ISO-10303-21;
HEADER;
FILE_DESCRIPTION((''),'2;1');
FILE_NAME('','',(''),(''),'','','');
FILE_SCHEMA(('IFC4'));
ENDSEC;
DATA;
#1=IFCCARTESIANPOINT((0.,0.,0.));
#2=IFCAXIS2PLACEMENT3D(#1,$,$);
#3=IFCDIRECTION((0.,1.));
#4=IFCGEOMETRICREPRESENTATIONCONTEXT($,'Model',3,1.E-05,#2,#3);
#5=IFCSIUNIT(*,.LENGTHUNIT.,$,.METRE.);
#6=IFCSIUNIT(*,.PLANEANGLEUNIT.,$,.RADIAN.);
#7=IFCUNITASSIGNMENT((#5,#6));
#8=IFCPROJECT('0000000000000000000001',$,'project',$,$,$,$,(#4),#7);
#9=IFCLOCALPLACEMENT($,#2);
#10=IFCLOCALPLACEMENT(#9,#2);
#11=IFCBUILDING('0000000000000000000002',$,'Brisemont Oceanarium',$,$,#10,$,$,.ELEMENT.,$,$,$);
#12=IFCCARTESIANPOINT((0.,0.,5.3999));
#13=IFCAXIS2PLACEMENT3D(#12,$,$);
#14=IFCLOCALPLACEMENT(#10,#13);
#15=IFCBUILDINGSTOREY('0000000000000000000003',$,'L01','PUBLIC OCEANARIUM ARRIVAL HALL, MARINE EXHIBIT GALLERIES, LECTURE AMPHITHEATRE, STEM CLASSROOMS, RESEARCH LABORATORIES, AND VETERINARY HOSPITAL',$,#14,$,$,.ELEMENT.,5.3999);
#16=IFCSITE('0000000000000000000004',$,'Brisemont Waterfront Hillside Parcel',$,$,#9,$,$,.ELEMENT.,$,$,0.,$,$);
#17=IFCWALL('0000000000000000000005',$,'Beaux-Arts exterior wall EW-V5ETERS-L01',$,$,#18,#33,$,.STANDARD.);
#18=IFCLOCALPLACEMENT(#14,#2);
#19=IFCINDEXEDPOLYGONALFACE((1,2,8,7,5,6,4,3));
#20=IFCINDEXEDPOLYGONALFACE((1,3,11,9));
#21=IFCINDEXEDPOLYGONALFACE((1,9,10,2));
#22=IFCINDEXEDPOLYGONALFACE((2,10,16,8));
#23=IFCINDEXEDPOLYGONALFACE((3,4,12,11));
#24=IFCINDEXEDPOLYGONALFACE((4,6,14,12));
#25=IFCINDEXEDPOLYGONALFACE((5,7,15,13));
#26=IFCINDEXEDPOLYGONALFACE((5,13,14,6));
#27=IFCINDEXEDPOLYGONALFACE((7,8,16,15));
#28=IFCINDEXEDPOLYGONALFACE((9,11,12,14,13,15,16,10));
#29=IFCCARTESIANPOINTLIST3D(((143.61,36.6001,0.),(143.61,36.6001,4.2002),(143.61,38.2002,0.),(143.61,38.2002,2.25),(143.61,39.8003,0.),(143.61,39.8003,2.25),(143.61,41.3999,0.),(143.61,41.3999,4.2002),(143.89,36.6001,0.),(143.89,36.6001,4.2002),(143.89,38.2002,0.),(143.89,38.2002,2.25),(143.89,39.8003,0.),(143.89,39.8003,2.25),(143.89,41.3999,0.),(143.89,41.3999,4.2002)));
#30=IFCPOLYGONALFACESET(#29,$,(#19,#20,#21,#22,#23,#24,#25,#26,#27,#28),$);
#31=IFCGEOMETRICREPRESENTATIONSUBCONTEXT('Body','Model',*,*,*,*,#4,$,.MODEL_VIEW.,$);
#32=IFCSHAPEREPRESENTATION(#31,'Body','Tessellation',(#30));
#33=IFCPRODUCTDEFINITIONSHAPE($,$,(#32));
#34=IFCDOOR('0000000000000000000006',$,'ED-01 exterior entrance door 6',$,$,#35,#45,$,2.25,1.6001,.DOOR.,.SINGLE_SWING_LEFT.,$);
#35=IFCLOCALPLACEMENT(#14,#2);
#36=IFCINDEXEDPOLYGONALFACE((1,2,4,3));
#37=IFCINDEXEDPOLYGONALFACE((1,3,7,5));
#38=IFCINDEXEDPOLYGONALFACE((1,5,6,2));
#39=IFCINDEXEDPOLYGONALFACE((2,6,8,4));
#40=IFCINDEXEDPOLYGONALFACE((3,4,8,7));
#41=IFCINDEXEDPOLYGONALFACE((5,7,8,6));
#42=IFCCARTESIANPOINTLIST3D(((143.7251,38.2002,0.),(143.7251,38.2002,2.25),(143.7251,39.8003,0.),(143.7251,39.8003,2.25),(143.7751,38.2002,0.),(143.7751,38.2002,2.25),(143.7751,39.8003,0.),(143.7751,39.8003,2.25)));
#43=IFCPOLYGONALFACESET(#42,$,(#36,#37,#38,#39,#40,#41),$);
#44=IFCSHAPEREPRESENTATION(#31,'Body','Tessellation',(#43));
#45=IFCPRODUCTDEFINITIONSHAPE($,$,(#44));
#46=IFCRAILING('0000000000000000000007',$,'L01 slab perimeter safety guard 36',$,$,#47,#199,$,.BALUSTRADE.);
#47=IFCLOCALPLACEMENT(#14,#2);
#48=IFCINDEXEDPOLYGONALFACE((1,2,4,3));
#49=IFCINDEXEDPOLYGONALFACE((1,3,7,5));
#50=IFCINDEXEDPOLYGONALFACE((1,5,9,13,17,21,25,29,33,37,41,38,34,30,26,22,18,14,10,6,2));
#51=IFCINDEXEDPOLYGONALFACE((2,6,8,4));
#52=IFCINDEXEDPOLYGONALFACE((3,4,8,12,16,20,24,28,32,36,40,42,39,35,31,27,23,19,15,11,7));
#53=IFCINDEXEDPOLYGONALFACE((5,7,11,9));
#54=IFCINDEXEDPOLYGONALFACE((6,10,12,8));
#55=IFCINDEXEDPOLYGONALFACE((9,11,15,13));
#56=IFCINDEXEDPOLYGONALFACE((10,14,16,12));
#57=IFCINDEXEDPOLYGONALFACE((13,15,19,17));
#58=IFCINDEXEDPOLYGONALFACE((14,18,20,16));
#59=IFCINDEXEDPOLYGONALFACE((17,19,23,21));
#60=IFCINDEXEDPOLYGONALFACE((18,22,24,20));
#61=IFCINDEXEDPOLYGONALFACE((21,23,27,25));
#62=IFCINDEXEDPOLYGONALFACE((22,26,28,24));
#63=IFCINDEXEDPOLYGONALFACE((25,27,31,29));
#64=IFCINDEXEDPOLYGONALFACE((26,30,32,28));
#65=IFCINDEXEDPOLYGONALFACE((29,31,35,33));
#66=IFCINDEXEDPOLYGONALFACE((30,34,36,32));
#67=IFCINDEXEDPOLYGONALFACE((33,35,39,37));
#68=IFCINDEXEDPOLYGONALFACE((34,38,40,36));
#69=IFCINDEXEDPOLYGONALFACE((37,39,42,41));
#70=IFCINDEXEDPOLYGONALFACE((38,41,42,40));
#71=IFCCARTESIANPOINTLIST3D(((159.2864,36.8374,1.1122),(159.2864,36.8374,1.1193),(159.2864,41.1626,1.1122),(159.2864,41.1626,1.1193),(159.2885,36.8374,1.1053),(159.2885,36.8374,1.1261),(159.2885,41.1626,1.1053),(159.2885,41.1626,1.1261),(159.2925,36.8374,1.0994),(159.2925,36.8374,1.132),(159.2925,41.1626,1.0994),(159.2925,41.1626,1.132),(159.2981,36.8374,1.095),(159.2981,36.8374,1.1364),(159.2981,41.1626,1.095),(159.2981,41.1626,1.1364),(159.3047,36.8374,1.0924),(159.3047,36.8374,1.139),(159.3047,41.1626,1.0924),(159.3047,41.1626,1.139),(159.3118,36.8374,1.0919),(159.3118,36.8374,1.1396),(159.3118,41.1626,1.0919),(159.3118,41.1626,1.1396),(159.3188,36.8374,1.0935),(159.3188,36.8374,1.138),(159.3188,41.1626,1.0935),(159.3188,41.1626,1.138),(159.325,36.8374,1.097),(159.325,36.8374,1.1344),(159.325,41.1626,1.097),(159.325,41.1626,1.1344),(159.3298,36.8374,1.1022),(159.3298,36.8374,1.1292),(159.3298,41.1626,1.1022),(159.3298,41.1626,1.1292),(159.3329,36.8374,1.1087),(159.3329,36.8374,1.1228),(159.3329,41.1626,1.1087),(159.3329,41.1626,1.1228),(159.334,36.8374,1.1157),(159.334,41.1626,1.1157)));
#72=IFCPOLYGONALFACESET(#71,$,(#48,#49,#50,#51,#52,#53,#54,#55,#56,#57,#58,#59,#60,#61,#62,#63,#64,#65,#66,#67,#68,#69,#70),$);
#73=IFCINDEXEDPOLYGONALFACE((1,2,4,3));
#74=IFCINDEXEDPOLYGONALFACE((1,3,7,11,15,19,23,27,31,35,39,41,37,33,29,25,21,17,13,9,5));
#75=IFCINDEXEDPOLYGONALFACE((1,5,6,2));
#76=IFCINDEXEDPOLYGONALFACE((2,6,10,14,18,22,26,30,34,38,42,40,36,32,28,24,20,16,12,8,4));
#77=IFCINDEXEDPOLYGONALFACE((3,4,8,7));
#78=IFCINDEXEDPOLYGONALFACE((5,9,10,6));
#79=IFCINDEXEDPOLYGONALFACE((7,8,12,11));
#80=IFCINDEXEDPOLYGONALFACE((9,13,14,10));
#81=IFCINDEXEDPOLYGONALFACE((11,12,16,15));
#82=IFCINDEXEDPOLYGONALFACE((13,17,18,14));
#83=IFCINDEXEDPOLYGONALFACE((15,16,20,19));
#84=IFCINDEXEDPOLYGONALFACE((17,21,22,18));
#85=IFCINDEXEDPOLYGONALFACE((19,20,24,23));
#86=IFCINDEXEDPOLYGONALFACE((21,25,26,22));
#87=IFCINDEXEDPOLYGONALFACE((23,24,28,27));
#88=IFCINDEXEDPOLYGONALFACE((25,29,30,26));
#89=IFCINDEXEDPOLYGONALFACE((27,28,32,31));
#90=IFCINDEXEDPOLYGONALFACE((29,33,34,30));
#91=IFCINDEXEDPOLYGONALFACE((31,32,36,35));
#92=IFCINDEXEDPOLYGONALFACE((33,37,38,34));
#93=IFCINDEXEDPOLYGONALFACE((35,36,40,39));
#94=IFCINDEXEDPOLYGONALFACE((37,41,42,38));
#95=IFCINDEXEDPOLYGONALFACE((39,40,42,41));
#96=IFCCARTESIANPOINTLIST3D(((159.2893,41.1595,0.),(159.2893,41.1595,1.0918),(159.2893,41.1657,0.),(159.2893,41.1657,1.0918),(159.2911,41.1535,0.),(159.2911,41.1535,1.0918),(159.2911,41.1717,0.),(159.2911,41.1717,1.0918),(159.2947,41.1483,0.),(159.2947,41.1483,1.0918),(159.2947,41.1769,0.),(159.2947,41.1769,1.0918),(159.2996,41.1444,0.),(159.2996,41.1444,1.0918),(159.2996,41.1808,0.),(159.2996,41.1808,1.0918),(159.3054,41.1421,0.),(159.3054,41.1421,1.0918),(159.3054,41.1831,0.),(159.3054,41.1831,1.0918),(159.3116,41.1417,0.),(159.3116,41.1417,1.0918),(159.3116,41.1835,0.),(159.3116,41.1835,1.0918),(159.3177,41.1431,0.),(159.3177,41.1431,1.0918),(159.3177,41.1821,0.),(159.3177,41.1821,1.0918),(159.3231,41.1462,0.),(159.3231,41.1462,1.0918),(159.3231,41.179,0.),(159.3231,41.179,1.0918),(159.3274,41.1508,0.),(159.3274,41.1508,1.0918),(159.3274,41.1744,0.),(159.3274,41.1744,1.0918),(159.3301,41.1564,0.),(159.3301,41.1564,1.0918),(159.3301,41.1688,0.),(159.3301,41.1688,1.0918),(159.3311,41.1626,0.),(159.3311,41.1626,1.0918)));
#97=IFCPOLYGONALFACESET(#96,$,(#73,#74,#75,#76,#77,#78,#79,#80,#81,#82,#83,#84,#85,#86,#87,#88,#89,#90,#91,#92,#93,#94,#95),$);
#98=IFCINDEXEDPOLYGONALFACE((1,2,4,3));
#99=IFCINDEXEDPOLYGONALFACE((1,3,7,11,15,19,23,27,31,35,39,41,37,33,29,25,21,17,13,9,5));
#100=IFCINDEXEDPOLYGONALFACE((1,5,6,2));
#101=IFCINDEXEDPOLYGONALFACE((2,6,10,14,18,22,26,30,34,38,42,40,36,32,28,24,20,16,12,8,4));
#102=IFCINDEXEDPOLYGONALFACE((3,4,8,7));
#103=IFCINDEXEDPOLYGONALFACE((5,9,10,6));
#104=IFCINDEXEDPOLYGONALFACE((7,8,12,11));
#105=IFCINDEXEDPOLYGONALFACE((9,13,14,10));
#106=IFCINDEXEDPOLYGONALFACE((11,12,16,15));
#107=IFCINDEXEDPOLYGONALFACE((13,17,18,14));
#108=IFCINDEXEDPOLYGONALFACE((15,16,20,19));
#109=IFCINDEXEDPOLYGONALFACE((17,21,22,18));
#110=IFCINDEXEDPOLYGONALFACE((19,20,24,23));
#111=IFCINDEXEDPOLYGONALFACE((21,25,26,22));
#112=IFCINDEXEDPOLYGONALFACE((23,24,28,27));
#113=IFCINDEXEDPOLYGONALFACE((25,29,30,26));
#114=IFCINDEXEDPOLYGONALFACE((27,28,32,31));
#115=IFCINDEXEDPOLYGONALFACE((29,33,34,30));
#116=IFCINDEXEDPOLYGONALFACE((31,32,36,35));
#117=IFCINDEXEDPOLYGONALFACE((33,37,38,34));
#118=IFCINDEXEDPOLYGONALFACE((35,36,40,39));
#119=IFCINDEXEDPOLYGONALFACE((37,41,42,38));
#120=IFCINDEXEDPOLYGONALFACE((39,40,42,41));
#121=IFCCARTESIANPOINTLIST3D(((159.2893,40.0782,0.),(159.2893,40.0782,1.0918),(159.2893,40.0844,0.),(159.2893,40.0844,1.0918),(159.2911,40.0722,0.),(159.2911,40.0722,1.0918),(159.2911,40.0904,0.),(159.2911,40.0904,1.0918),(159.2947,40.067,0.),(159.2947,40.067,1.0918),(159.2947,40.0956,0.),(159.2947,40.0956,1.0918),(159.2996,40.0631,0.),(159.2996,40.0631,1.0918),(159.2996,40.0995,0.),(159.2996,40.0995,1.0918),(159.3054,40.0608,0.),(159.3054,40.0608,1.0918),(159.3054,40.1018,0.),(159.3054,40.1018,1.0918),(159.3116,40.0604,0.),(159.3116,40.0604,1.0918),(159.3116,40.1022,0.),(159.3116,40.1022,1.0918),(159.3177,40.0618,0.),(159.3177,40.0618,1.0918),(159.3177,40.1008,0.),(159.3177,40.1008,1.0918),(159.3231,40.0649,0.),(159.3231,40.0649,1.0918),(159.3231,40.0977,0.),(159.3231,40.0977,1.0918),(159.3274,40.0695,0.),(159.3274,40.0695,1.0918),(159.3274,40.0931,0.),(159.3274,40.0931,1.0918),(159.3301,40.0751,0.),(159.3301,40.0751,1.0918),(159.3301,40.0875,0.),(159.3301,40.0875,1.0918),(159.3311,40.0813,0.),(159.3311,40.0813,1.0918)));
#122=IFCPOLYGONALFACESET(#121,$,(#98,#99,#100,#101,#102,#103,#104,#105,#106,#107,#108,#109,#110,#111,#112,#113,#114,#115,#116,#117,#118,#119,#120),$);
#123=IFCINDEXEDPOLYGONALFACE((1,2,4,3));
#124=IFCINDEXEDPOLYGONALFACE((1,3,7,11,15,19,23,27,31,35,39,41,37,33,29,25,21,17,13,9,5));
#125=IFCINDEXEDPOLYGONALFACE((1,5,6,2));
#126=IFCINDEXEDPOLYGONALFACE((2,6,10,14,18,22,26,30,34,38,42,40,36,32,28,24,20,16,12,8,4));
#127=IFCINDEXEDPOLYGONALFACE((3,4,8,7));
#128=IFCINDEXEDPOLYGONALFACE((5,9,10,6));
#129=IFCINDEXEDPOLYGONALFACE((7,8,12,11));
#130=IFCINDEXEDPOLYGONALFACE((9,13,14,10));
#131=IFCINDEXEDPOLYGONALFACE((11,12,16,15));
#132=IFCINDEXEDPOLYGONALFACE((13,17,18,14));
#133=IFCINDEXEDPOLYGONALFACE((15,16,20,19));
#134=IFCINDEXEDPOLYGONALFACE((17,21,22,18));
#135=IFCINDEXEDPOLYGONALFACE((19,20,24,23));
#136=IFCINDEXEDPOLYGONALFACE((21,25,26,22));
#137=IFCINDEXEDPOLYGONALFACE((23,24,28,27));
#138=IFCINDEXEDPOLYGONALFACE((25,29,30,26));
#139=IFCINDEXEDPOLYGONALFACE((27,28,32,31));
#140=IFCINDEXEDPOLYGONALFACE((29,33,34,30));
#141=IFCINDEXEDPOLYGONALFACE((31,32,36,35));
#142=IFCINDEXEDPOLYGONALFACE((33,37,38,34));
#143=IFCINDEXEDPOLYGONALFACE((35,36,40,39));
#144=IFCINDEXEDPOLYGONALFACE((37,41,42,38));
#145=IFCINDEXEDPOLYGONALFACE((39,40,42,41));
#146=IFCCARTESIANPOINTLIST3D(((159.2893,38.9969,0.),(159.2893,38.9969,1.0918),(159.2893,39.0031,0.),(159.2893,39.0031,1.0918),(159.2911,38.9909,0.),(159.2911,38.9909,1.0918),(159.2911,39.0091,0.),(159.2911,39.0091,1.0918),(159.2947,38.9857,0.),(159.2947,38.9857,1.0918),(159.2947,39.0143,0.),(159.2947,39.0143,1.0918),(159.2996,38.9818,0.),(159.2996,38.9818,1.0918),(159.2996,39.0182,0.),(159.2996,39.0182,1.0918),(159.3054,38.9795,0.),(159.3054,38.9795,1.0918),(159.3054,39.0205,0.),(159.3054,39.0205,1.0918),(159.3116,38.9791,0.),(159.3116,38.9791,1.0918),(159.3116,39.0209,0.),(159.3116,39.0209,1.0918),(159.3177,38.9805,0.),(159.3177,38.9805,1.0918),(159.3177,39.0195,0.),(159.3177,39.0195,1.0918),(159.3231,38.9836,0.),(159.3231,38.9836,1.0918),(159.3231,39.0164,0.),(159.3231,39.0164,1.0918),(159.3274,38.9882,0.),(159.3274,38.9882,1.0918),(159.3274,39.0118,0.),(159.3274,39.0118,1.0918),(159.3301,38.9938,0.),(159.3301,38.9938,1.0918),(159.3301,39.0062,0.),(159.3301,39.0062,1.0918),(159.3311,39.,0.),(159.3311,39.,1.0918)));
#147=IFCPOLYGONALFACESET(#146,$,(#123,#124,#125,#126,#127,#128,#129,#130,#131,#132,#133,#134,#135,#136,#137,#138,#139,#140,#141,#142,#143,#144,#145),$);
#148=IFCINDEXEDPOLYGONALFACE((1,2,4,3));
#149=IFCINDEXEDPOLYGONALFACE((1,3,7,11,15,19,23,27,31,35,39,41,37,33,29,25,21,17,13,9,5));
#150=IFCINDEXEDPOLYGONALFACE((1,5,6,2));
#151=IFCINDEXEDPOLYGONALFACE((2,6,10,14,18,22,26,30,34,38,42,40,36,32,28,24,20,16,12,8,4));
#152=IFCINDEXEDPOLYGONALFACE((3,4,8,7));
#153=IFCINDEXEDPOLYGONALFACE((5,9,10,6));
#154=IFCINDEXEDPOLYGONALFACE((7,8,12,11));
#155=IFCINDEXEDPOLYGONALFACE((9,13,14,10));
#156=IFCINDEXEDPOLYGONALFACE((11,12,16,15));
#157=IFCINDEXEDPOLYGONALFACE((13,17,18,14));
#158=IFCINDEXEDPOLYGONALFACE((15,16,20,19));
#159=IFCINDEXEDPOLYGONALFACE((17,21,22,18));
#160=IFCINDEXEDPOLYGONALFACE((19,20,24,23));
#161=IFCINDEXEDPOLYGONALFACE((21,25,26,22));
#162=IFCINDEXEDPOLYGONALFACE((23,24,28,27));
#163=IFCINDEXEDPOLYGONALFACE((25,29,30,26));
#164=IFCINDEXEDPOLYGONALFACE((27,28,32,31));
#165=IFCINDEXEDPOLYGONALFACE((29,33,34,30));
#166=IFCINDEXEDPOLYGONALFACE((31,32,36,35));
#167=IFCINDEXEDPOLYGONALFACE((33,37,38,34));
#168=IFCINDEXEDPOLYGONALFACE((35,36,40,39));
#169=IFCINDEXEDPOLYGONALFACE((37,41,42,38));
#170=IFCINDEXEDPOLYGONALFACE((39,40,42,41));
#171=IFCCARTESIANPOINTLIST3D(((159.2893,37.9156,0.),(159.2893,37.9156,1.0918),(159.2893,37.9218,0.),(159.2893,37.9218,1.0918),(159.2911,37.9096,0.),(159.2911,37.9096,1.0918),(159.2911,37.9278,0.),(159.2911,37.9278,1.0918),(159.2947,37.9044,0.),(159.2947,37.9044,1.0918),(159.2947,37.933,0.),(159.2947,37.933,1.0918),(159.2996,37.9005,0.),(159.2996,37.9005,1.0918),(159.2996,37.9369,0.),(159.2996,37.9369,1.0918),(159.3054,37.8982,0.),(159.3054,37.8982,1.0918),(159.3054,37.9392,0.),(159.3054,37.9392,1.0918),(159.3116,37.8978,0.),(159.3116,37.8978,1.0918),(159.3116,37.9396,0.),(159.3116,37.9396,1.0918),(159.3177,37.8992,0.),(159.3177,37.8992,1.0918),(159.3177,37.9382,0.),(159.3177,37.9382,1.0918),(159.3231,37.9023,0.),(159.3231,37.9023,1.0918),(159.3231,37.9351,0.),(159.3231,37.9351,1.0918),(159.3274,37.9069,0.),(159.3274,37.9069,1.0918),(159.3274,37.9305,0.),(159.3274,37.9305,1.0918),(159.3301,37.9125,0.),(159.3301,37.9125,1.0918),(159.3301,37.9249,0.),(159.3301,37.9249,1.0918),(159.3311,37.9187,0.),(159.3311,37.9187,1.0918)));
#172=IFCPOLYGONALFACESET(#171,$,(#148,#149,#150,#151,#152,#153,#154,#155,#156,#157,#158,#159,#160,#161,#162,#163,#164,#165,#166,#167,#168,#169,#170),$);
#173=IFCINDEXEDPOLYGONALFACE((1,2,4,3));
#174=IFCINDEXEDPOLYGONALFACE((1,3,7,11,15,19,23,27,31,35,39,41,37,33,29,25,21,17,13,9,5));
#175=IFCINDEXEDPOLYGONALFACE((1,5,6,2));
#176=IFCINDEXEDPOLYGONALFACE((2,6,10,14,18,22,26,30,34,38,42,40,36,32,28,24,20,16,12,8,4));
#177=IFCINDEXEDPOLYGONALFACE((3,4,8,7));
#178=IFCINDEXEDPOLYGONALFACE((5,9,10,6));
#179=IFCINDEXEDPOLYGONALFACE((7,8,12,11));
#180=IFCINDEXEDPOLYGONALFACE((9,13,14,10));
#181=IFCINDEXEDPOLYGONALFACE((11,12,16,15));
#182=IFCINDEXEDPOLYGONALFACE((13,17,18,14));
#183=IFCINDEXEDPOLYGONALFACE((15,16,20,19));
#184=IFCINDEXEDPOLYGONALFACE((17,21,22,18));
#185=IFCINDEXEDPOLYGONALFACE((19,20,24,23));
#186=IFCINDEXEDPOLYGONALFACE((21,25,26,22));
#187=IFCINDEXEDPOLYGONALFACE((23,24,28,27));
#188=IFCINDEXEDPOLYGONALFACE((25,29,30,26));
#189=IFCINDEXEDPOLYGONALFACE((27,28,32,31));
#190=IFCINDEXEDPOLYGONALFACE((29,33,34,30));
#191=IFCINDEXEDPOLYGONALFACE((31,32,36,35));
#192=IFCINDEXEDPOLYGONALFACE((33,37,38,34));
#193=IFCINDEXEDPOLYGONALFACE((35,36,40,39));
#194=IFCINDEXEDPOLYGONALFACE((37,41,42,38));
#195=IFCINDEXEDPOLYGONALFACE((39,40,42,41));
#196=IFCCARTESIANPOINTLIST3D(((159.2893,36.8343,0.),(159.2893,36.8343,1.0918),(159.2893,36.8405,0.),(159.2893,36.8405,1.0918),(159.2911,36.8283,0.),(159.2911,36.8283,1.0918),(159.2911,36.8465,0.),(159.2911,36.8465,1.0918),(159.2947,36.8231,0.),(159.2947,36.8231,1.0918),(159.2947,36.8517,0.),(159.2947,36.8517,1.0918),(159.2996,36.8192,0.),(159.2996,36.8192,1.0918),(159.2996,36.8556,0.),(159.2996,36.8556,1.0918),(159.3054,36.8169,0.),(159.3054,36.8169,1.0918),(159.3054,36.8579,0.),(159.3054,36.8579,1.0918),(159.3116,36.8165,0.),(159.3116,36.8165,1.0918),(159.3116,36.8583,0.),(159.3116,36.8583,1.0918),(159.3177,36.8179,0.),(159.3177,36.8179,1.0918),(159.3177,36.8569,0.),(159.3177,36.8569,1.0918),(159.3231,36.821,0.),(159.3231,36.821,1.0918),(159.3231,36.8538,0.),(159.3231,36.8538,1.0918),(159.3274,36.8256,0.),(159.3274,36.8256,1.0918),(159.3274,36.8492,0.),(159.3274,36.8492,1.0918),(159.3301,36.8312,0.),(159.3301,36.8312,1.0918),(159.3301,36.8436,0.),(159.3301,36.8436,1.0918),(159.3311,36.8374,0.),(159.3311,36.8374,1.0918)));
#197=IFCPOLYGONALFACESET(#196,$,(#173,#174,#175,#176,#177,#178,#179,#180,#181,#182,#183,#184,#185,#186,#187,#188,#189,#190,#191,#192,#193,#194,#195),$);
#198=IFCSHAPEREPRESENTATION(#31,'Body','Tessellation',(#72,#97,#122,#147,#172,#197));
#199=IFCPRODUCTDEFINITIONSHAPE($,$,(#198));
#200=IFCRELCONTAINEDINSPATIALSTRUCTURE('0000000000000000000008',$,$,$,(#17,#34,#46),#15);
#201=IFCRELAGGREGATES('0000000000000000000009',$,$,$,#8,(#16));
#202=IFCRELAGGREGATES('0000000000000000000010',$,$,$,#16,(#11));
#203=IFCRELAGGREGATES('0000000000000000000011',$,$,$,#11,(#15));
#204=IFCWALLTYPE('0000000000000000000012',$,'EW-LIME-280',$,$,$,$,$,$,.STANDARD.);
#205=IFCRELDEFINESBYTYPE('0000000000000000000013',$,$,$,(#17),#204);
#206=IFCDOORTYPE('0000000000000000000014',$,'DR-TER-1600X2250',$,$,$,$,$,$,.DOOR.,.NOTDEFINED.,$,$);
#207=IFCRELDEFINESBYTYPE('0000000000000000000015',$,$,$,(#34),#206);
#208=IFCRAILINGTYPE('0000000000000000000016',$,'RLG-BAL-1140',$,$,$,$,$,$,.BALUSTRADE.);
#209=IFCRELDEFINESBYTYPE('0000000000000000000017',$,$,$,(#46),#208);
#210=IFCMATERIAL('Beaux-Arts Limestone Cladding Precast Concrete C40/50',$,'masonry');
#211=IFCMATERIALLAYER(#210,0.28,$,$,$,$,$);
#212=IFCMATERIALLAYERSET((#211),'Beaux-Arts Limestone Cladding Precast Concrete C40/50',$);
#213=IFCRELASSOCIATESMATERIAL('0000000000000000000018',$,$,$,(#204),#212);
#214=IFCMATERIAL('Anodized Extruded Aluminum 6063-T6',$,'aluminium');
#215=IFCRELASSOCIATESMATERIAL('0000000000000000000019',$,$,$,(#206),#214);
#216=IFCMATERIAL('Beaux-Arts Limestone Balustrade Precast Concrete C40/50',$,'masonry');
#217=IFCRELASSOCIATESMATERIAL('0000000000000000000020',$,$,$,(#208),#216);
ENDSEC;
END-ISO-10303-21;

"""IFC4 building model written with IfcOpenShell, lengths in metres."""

from ifc_helpers import new_model, si_unit, direction, frame, frame_2d, origin, origin_2d, place, context, subcontext, project, spatial, rectangle, circle, extrude, material, layer, layer_set, type_object, element, fill, save


model = new_model("IFC4")

# Units and contexts
model_context = context("Model", 3, precision=1e-05, world=origin(), true_north=direction((0.0, 1.0)))
body_context = subcontext(model_context, "Body", "Model", "MODEL_VIEW")
ifc_project = project(units=[si_unit("LENGTHUNIT", "METRE"), si_unit("PLANEANGLEUNIT", "RADIAN")], contexts=[model_context])

# Site, building, storey
site_placement = place(None, origin())
site = spatial("IfcSite", under=ifc_project, at=site_placement, Name="Brisemont Waterfront Hillside Parcel", CompositionType="ELEMENT", RefElevation=0.0)
building_placement = place(site_placement, origin())
building = spatial("IfcBuilding", under=site, at=building_placement, Name="Brisemont Oceanarium", CompositionType="ELEMENT")
storey_placement = place(building_placement, frame((0.0, 0.0, 5.3999)))
storey = spatial("IfcBuildingStorey", under=building, at=storey_placement, Name="L01", Description="PUBLIC OCEANARIUM ARRIVAL HALL, MARINE EXHIBIT GALLERIES, LECTURE AMPHITHEATRE, STEM CLASSROOMS, RESEARCH LABORATORIES, AND VETERINARY HOSPITAL", CompositionType="ELEMENT", Elevation=5.3999)

# Wall, opening, door
ifc_material_1 = material(Name="Beaux-Arts Limestone Cladding Precast Concrete C40/50", Category="masonry")
ifc_layer_1 = layer(ifc_material_1, 0.28)
ifc_layer_set_1 = layer_set([ifc_layer_1], Name="Beaux-Arts Limestone Cladding Precast Concrete C40/50")
wall_type = type_object("IfcWallType", Name="EW-LIME-280", PredefinedType="STANDARD", material=ifc_layer_set_1)
wall_placement = place(storey_placement, frame((143.75, 36.6001, 0.0), z_axis=(0.0, 0.0, 1.0), x_axis=(0.0, 1.0, 0.0)))
wall = element("IfcWall", 1, at=wall_placement, inside=storey, type_object=wall_type, Name="Beaux-Arts exterior wall EW-V5ETERS-L01", PredefinedType="STANDARD", context=body_context, shape_type="SweptSolid", body=[
    extrude(rectangle(XDim=4.7998, YDim=0.28, at=frame_2d((2.3999, 0.0))), origin(), (0.0, 0.0, 1.0), 4.2002),
])
opening_placement = place(wall_placement, frame((1.6001, 0.0, 0.0)))
opening = element("IfcOpeningElement", 2, at=opening_placement, cuts=wall, PredefinedType="OPENING", context=body_context, shape_type="SweptSolid", body=[
    extrude(rectangle(XDim=1.6001, YDim=2.25, at=frame_2d((0.8, 1.125))), frame((0.0, 0.1499, 0.0), z_axis=(0.0, -1.0, 0.0), x_axis=(1.0, 0.0, 0.0)), (0.0, 0.0, 1.0), 0.3),
])
ifc_material_2 = material(Name="Anodized Extruded Aluminum 6063-T6", Category="aluminium")
door_type = type_object("IfcDoorType", Name="DR-TER-1600X2250", OperationType="NOTDEFINED", PredefinedType="DOOR", material=ifc_material_2)
door_placement = place(opening_placement, origin())
door = element("IfcDoor", 3, at=door_placement, inside=storey, type_object=door_type, Name="ED-01 exterior entrance door 6", OperationType="SINGLE_SWING_LEFT", OverallHeight=2.25, OverallWidth=1.6001, PredefinedType="DOOR", context=body_context, shape_type="SweptSolid", body=[
    extrude(rectangle(XDim=1.6001, YDim=2.25, at=frame_2d((0.8, 1.125))), frame((0.0, 0.0249, 0.0), z_axis=(0.0, -1.0, 0.0), x_axis=(1.0, 0.0, 0.0)), (0.0, 0.0, 1.0), 0.05),
])
fill(opening, door)

# Railing
ifc_material_3 = material(Name="Beaux-Arts Limestone Balustrade Precast Concrete C40/50", Category="masonry")
railing_type_1 = type_object("IfcRailingType", Name="RLG-BAL-1140", PredefinedType="BALUSTRADE", material=ifc_material_3)
railing_1_placement = place(storey_placement, frame((159.3101, 41.1626, 0.0)))
element("IfcRailing", 4, at=railing_1_placement, inside=storey, type_object=railing_type_1, Name="L01 slab perimeter safety guard 36", PredefinedType="BALUSTRADE", context=body_context, shape_type="SweptSolid", body=[
    extrude(circle(Radius=0.0239, at=origin_2d()), frame((0.0, 0.0, 1.1157), z_axis=(0.0, -1.0, 0.0), x_axis=(1.0, 0.0, 0.0)), (0.0, 0.0, 1.0), 4.3252),
    extrude(circle(Radius=0.021, at=origin_2d()), origin(), (0.0, 0.0, 1.0), 1.0918),
    extrude(circle(Radius=0.021, at=origin_2d()), frame((0.0, -1.0813, 0.0)), (0.0, 0.0, 1.0), 1.0918),
    extrude(circle(Radius=0.021, at=origin_2d()), frame((0.0, -2.1626, 0.0)), (0.0, 0.0, 1.0), 1.0918),
    extrude(circle(Radius=0.021, at=origin_2d()), frame((0.0, -3.2439, 0.0)), (0.0, 0.0, 1.0), 1.0918),
    extrude(circle(Radius=0.021, at=origin_2d()), frame((0.0, -4.3252, 0.0)), (0.0, 0.0, 1.0), 1.0918),
])

save(model, "model.ifc")
